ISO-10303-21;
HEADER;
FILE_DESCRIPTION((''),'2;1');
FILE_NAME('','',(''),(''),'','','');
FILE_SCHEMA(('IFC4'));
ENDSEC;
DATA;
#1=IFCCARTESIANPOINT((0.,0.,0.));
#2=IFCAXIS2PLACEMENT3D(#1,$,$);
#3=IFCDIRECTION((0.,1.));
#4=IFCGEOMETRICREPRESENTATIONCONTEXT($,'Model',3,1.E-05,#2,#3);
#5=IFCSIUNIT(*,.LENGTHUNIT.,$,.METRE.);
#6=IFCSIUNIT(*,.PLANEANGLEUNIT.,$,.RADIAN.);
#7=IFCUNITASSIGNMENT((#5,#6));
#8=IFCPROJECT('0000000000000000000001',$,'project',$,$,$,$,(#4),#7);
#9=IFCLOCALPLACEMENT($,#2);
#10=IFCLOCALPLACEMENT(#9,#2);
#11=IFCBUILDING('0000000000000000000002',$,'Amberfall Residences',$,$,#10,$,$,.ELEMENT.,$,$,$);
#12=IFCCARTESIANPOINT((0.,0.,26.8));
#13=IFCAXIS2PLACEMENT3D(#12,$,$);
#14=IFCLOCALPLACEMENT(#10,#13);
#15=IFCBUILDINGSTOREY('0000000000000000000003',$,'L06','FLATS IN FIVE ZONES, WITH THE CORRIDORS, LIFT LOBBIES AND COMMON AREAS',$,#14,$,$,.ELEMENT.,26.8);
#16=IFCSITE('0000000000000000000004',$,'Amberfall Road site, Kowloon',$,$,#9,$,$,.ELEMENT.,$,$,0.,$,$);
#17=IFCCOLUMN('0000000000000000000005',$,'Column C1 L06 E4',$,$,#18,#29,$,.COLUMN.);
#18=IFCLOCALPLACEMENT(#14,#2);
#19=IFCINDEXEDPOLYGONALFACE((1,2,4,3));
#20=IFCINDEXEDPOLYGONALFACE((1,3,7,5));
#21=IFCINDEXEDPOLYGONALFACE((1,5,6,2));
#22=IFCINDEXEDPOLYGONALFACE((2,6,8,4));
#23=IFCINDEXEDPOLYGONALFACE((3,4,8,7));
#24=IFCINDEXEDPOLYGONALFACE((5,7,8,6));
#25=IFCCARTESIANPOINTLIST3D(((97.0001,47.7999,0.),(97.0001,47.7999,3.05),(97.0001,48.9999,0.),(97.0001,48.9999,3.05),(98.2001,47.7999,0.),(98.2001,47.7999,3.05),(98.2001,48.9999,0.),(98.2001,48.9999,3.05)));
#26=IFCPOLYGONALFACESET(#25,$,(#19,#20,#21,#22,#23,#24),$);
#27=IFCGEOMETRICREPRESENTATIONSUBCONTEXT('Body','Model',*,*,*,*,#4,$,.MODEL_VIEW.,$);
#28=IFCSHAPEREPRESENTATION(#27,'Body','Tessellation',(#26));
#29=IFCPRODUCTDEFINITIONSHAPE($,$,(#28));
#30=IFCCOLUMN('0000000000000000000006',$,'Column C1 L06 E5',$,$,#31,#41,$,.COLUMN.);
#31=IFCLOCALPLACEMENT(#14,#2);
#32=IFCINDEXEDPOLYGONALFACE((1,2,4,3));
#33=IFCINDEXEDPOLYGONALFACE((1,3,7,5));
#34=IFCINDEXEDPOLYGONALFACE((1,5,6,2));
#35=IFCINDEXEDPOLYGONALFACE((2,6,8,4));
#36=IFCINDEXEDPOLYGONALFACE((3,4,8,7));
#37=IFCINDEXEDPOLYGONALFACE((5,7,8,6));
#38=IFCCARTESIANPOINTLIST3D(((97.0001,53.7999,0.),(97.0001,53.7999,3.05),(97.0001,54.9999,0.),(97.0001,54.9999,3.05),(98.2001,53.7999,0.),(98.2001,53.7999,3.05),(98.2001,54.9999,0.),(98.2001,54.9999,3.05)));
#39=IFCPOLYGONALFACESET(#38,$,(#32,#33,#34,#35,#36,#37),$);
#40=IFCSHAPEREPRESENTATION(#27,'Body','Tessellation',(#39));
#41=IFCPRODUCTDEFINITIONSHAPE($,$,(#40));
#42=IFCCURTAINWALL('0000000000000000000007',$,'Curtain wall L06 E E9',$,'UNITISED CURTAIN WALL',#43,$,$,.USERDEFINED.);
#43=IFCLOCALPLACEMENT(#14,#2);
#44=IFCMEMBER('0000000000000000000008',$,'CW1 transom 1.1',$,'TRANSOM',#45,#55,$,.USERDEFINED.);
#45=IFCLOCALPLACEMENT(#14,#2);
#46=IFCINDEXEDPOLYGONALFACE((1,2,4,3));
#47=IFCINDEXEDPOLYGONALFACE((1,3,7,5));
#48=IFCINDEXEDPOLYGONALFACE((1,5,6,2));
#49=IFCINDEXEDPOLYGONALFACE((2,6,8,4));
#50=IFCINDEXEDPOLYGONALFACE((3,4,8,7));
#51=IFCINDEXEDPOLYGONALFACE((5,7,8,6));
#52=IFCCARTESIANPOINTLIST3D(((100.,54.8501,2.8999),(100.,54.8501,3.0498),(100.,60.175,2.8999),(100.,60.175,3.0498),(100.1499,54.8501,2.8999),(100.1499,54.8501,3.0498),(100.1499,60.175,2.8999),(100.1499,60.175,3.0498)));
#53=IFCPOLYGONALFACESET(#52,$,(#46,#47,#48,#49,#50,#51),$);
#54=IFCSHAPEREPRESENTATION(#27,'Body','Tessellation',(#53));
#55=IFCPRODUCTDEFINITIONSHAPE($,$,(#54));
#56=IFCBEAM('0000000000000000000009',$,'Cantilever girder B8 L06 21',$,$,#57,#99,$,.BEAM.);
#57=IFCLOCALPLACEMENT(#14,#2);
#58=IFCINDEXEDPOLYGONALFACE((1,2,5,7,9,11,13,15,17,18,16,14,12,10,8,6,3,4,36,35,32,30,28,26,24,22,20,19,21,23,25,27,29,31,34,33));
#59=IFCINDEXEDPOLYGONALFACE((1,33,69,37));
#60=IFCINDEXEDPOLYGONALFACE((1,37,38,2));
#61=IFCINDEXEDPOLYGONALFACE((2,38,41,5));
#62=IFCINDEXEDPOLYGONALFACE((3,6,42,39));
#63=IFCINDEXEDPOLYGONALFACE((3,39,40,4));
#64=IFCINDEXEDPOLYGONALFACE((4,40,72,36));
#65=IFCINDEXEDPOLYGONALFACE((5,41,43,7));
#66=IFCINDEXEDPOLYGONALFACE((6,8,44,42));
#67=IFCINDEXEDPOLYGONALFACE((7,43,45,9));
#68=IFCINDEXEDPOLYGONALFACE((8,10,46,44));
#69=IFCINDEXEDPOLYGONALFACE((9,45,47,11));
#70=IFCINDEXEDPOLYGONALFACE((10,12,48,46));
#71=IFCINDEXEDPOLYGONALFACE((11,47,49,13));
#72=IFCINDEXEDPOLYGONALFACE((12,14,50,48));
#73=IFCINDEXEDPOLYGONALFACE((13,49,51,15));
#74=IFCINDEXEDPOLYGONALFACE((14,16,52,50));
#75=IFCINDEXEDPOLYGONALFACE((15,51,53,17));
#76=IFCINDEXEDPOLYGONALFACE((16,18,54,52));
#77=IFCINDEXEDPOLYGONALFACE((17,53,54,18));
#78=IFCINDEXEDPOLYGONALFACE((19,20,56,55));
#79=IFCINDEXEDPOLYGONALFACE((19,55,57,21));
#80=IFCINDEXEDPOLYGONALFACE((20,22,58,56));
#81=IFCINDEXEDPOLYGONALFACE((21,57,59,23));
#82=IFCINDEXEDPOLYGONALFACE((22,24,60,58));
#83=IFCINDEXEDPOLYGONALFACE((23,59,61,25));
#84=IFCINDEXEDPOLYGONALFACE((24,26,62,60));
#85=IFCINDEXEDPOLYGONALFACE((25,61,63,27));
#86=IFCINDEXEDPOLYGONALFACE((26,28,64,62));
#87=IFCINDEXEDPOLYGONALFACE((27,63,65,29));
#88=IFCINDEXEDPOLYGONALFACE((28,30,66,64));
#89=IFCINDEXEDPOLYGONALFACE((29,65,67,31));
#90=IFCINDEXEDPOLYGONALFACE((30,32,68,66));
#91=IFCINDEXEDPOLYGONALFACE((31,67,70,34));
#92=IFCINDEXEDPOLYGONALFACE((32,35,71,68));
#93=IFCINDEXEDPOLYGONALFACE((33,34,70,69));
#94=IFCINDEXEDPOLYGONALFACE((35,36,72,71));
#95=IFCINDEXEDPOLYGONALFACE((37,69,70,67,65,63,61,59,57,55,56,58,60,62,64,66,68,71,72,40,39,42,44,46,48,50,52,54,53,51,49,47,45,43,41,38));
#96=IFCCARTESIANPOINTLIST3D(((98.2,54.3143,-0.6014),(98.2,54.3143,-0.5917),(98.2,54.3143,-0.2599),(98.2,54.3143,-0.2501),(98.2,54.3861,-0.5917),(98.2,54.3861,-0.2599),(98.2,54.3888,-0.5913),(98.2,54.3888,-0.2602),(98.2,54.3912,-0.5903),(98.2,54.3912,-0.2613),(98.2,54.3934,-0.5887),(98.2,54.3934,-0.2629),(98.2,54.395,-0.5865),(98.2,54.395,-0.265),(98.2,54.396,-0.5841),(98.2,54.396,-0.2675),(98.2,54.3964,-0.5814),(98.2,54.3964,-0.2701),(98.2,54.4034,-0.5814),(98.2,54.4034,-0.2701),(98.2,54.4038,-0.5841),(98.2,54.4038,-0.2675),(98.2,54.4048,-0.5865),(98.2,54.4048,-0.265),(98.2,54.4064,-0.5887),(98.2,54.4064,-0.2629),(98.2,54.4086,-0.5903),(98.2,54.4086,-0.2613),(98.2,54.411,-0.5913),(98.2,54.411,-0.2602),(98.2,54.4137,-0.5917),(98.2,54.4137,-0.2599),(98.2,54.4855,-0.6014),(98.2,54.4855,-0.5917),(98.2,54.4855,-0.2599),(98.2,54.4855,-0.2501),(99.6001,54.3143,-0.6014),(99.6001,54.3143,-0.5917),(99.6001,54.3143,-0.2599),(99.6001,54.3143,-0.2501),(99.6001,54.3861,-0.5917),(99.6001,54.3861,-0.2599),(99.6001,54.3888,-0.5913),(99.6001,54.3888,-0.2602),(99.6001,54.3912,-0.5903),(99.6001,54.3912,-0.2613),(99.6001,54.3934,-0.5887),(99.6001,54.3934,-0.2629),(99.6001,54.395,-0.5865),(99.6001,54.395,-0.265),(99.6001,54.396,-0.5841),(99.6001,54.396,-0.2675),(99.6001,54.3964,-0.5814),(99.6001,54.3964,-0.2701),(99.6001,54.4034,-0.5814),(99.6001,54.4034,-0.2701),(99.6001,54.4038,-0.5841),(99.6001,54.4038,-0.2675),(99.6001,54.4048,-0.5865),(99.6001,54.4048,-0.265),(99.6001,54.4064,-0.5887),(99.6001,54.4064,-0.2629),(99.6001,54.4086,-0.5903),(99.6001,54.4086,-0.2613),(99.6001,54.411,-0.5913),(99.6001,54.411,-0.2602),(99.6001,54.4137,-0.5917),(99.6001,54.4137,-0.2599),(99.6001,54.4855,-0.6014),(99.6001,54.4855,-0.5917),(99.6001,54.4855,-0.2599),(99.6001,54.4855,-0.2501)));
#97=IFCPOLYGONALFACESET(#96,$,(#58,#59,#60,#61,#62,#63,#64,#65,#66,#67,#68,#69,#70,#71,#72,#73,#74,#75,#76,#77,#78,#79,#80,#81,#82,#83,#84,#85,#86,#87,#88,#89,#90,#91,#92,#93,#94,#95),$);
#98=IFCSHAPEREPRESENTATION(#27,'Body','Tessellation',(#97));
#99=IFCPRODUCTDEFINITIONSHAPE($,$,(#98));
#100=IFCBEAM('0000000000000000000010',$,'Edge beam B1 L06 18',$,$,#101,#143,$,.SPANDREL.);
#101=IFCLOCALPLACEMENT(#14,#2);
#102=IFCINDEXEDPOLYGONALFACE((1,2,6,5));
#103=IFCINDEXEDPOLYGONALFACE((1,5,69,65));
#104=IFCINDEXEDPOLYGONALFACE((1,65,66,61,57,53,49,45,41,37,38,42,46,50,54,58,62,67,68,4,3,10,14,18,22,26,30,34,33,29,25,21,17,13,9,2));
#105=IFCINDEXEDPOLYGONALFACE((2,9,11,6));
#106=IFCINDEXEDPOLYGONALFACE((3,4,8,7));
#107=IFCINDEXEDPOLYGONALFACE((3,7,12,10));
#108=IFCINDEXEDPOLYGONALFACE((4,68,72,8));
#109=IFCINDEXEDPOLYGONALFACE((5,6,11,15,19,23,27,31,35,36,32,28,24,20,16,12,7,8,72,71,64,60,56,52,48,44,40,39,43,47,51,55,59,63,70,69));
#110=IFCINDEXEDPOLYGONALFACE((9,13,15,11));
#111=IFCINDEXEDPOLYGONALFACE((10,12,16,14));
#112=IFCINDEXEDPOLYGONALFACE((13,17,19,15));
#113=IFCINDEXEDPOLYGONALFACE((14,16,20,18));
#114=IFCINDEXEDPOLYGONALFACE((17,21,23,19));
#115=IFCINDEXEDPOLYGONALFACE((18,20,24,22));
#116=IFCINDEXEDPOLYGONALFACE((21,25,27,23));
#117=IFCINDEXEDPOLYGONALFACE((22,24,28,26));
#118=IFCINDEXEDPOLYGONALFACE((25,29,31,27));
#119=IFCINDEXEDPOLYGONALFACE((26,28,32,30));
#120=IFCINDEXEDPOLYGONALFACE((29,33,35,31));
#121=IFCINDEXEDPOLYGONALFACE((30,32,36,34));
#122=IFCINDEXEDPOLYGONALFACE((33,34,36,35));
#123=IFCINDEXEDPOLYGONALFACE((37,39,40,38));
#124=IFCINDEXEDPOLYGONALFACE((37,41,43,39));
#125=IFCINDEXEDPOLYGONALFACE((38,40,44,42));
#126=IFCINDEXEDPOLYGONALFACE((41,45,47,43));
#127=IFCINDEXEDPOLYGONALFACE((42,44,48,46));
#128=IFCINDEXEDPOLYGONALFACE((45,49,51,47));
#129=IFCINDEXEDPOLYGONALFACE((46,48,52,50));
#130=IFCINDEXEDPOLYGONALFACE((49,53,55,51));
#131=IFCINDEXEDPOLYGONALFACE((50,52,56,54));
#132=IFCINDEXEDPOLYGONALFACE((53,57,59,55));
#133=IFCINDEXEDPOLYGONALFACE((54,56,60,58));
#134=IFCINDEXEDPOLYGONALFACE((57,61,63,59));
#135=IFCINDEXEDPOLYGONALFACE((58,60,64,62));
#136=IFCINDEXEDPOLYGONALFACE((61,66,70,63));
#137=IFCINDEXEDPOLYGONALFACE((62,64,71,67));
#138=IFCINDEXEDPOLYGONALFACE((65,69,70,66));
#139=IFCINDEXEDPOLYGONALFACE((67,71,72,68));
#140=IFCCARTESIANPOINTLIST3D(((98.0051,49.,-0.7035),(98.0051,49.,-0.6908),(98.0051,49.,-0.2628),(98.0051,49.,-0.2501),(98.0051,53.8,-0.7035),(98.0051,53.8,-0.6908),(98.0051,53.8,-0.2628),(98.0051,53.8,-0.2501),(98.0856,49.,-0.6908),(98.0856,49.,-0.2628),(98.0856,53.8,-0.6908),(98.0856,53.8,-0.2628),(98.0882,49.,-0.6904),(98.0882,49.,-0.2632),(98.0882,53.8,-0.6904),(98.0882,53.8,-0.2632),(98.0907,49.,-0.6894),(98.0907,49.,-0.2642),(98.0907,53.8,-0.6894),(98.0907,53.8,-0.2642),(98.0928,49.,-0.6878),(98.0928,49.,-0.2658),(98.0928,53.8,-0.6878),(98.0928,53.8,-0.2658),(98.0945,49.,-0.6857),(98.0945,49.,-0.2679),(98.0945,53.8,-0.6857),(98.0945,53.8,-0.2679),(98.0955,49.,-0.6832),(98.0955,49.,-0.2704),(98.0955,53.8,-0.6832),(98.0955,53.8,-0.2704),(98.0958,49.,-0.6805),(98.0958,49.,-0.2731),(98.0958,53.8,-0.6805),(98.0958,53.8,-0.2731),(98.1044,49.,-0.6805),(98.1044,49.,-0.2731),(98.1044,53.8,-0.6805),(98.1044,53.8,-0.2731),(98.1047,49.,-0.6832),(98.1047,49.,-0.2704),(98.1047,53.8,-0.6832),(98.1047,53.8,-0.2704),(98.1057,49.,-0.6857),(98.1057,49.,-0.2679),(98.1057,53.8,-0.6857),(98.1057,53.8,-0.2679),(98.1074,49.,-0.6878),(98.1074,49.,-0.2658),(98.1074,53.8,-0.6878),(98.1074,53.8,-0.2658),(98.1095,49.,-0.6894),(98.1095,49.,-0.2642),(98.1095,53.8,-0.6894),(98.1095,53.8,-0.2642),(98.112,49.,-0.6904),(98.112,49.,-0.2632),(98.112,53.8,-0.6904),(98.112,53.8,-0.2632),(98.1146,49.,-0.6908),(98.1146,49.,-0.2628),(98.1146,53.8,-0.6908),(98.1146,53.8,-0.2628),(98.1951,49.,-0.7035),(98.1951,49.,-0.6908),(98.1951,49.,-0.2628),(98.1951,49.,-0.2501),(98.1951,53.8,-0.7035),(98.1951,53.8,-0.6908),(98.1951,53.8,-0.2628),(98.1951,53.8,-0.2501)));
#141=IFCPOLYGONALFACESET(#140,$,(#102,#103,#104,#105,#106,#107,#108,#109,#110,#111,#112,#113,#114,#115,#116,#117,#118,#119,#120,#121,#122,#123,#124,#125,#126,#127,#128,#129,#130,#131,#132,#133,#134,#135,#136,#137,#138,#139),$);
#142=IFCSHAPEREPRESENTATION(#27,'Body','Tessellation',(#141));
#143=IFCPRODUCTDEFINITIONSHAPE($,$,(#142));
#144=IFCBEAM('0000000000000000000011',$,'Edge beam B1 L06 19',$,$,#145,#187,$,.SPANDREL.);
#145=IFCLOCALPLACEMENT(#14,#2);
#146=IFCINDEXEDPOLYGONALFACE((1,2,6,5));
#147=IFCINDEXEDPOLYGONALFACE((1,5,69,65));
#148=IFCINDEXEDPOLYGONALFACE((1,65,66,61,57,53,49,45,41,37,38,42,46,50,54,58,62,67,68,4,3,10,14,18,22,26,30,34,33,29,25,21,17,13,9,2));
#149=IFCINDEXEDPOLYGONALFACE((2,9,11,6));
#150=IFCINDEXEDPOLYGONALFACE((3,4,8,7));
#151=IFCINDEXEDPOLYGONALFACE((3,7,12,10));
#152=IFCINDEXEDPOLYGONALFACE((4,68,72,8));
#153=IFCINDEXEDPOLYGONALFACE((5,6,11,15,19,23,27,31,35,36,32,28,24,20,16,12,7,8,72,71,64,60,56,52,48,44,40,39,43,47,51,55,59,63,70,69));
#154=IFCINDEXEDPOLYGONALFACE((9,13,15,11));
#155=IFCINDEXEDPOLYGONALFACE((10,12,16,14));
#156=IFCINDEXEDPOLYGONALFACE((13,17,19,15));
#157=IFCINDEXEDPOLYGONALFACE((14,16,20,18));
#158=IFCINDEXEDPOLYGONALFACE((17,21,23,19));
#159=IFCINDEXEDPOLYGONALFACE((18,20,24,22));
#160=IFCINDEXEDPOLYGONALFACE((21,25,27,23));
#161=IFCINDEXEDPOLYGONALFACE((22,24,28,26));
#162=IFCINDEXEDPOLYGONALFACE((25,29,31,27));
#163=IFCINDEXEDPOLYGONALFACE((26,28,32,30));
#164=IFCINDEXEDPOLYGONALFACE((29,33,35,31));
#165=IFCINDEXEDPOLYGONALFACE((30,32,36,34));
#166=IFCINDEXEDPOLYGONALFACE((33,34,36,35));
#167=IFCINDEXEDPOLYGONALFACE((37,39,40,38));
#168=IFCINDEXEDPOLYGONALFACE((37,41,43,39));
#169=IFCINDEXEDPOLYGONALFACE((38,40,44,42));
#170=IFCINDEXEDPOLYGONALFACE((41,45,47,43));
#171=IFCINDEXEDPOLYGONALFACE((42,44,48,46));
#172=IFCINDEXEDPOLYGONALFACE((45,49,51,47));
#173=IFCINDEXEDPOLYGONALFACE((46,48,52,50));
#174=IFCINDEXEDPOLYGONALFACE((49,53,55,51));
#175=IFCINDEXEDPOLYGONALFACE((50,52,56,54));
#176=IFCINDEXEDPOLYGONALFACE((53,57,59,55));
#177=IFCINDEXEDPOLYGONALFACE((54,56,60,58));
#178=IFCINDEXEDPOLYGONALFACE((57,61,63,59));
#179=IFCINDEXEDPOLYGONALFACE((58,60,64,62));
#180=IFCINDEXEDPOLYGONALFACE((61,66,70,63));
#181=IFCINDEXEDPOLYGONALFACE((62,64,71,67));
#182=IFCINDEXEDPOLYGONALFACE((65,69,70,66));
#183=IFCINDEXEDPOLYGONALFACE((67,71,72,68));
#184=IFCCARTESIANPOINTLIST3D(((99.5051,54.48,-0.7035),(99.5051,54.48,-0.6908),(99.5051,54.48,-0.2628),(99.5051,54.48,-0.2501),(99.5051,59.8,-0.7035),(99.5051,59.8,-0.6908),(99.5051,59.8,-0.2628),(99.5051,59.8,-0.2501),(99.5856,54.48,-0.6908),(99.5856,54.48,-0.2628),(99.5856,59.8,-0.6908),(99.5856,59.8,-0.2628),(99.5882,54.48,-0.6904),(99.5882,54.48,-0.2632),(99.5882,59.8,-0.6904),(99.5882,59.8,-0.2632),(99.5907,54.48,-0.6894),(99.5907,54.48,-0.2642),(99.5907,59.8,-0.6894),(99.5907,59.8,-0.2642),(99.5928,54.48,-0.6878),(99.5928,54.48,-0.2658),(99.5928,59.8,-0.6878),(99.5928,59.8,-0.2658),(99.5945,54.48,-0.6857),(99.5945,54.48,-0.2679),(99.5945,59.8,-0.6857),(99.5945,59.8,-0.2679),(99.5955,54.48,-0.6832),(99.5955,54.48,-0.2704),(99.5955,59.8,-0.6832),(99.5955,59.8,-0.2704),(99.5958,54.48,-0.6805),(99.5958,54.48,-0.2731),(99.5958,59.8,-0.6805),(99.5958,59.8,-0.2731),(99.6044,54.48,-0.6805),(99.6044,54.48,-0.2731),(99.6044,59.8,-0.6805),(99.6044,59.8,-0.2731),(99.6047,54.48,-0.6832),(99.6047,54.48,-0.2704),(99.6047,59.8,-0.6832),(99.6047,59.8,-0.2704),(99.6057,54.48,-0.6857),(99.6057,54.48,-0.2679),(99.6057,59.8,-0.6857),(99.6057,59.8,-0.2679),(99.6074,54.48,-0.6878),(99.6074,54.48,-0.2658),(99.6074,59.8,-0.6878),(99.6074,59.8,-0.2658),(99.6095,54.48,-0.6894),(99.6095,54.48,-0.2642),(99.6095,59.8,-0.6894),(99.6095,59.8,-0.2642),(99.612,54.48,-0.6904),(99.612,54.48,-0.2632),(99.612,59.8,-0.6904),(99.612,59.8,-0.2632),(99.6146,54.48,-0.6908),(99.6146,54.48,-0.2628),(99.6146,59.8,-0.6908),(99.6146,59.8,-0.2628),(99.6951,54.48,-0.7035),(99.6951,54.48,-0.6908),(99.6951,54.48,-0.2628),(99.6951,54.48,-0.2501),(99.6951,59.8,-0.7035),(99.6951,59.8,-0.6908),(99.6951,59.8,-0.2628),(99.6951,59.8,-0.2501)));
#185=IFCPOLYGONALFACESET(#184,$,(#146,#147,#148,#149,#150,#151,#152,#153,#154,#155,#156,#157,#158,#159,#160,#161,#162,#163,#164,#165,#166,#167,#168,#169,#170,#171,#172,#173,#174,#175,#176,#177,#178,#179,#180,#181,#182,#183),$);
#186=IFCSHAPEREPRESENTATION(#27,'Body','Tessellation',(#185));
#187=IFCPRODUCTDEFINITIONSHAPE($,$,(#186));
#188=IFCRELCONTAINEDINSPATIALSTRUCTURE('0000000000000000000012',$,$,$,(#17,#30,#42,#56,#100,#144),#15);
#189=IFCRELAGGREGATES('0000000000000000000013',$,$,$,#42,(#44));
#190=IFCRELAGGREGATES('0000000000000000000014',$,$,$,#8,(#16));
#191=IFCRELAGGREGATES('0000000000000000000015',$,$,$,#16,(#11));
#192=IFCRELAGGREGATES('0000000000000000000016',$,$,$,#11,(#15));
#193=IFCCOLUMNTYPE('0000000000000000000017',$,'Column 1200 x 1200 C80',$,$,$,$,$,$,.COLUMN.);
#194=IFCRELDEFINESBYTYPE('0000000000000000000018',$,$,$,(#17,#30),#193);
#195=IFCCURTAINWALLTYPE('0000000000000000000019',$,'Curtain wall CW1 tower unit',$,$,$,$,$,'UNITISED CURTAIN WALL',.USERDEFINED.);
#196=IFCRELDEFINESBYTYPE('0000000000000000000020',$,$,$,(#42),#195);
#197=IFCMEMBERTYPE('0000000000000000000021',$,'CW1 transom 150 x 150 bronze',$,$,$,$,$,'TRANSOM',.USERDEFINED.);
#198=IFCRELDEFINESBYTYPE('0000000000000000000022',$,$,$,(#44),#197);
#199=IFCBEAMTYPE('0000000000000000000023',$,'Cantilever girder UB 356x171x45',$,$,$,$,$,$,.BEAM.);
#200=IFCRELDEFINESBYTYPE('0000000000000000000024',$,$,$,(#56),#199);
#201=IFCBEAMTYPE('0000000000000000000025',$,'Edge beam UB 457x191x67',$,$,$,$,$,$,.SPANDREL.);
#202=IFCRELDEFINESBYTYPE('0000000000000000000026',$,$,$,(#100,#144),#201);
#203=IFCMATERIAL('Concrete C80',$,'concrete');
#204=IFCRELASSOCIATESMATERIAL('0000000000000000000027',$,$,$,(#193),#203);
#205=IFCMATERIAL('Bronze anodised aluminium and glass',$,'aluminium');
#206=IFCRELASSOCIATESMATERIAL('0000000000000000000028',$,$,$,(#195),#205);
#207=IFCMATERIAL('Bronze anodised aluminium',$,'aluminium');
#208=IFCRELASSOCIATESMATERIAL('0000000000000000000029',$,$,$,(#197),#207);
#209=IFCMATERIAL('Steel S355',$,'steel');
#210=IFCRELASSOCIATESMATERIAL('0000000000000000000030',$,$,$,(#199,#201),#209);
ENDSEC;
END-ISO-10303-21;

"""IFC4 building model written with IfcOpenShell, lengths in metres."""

from ifc_helpers import new_model, si_unit, direction, frame, origin, origin_2d, place, context, subcontext, project, spatial, rectangle, i_section, extrude, material, material_profile, profile_set, type_object, element, aggregate, save


model = new_model("IFC4")

# Units and contexts
model_context = context("Model", 3, precision=1e-05, world=origin(), true_north=direction((0.0, 1.0)))
body_context = subcontext(model_context, "Body", "Model", "MODEL_VIEW")
ifc_project = project(units=[si_unit("LENGTHUNIT", "METRE"), si_unit("PLANEANGLEUNIT", "RADIAN")], contexts=[model_context])

# Site, building, storey
site_placement = place(None, origin())
site = spatial("IfcSite", under=ifc_project, at=site_placement, Name="Amberfall Road site, Kowloon", CompositionType="ELEMENT", RefElevation=0.0)
building_placement = place(site_placement, origin())
building = spatial("IfcBuilding", under=site, at=building_placement, Name="Amberfall Residences", CompositionType="ELEMENT")
storey_placement = place(building_placement, frame((0.0, 0.0, 26.8)))
storey = spatial("IfcBuildingStorey", under=building, at=storey_placement, Name="L06", Description="FLATS IN FIVE ZONES, WITH THE CORRIDORS, LIFT LOBBIES AND COMMON AREAS", CompositionType="ELEMENT", Elevation=26.8)

# Columns
ifc_material_1 = material(Name="Concrete C80", Category="concrete")
ifc_material_profile_1 = material_profile(ifc_material_1, rectangle(XDim=1.2, YDim=1.2, at=origin_2d()), Name="Column 1200 x 1200 C80")
ifc_profile_set_1 = profile_set([ifc_material_profile_1], Name="Concrete C80")
column_type = type_object("IfcColumnType", Name="Column 1200 x 1200 C80", PredefinedType="COLUMN", material=ifc_profile_set_1)
for number, where, z_axis, x_axis, name in (
    (1, (97.6001, 48.3999, 0.0), (0.0, 0.0, 1.0), (1.0, 0.0, 0.0), "Column C1 L06 E4"),
    (2, (97.6001, 54.3999, 0.0), (0.0, 0.0, 1.0), (1.0, 0.0, 0.0), "Column C1 L06 E5"),
):
    element("IfcColumn", number, at=place(storey_placement, frame(where, z_axis=z_axis, x_axis=x_axis)), inside=storey, type_object=column_type, Name=name, PredefinedType="COLUMN", context=body_context, shape_type="SweptSolid", body=[
        extrude(rectangle(XDim=1.2, YDim=1.2, at=origin_2d()), origin(), (0.0, 0.0, 1.0), 3.05),
    ])

# Curtain wall, member
ifc_material_2 = material(Name="Bronze anodised aluminium and glass", Category="aluminium")
curtain_wall_type = type_object("IfcCurtainWallType", Name="Curtain wall CW1 tower unit", ElementType="UNITISED CURTAIN WALL", PredefinedType="USERDEFINED", material=ifc_material_2)
curtain_wall_placement = place(storey_placement, origin())
curtain_wall = element("IfcCurtainWall", 3, at=curtain_wall_placement, inside=storey, type_object=curtain_wall_type, Name="Curtain wall L06 E E9", ObjectType="UNITISED CURTAIN WALL", PredefinedType="USERDEFINED")
ifc_material_3 = material(Name="Bronze anodised aluminium", Category="aluminium")
ifc_material_profile_2 = material_profile(ifc_material_3, rectangle(XDim=0.1499, YDim=0.1499, at=origin_2d()), Name="CW1 transom 150 x 150 bronze")
ifc_profile_set_2 = profile_set([ifc_material_profile_2], Name="Bronze anodised aluminium")
member_type_1 = type_object("IfcMemberType", Name="CW1 transom 150 x 150 bronze", ElementType="TRANSOM", PredefinedType="USERDEFINED", material=ifc_profile_set_2)
member_1_placement = place(storey_placement, frame((100.075, 54.8501, 2.9749), z_axis=(0.0, 1.0, 0.0), x_axis=(-1.0, 0.0, 0.0)))
member_1 = element("IfcMember", 4, at=member_1_placement, type_object=member_type_1, Name="CW1 transom 1.1", ObjectType="TRANSOM", PredefinedType="USERDEFINED", context=body_context, shape_type="SweptSolid", body=[
    extrude(rectangle(XDim=0.1499, YDim=0.1499, at=origin_2d()), origin(), (0.0, 0.0, 1.0), 5.325),
])

# Beams
ifc_material_4 = material(Name="Steel S355", Category="steel")
ifc_material_profile_3 = material_profile(ifc_material_4, i_section(OverallWidth=0.1711, OverallDepth=0.3513, WebThickness=0.0071, FlangeThickness=0.0098, FilletRadius=0.0103, at=origin_2d()), Name="UB 356x171x45")
ifc_profile_set_3 = profile_set([ifc_material_profile_3], Name="Steel S355")
beam_type_1 = type_object("IfcBeamType", Name="Cantilever girder UB 356x171x45", PredefinedType="BEAM", material=ifc_profile_set_3)
beam_1_placement = place(storey_placement, frame((98.2, 54.3999, -0.4258), z_axis=(1.0, 0.0, 0.0), x_axis=(0.0, 1.0, 0.0)))
element("IfcBeam", 5, at=beam_1_placement, inside=storey, type_object=beam_type_1, Name="Cantilever girder B8 L06 21", PredefinedType="BEAM", context=body_context, shape_type="SweptSolid", body=[
    extrude(i_section(OverallWidth=0.1711, OverallDepth=0.3513, WebThickness=0.0071, FlangeThickness=0.0098, FilletRadius=0.0103, at=origin_2d()), origin(), (0.0, 0.0, 1.0), 1.4001),
])
ifc_material_profile_4 = material_profile(ifc_material_4, i_section(OverallWidth=0.1899, OverallDepth=0.4534, WebThickness=0.0085, FlangeThickness=0.0127, FilletRadius=0.0103, at=origin_2d()), Name="UB 457x191x67")
ifc_profile_set_4 = profile_set([ifc_material_profile_4], Name="Steel S355")
beam_type_2 = type_object("IfcBeamType", Name="Edge beam UB 457x191x67", PredefinedType="SPANDREL", material=ifc_profile_set_4)
beam_2_placement = place(storey_placement, frame((98.1001, 49.0, -0.4768), z_axis=(0.0, 1.0, 0.0), x_axis=(-1.0, 0.0, 0.0)))
element("IfcBeam", 6, at=beam_2_placement, inside=storey, type_object=beam_type_2, Name="Edge beam B1 L06 18", PredefinedType="SPANDREL", context=body_context, shape_type="SweptSolid", body=[
    extrude(i_section(OverallWidth=0.1899, OverallDepth=0.4534, WebThickness=0.0085, FlangeThickness=0.0127, FilletRadius=0.0103, at=origin_2d()), origin(), (0.0, 0.0, 1.0), 4.8),
])
beam_3_placement = place(storey_placement, frame((99.6001, 54.48, -0.4768), z_axis=(0.0, 1.0, 0.0), x_axis=(-1.0, 0.0, 0.0)))
element("IfcBeam", 7, at=beam_3_placement, inside=storey, type_object=beam_type_2, Name="Edge beam B1 L06 19", PredefinedType="SPANDREL", context=body_context, shape_type="SweptSolid", body=[
    extrude(i_section(OverallWidth=0.1899, OverallDepth=0.4534, WebThickness=0.0085, FlangeThickness=0.0127, FilletRadius=0.0103, at=origin_2d()), origin(), (0.0, 0.0, 1.0), 5.3201),
])

aggregate(curtain_wall, [member_1])

save(model, "model.ifc")
